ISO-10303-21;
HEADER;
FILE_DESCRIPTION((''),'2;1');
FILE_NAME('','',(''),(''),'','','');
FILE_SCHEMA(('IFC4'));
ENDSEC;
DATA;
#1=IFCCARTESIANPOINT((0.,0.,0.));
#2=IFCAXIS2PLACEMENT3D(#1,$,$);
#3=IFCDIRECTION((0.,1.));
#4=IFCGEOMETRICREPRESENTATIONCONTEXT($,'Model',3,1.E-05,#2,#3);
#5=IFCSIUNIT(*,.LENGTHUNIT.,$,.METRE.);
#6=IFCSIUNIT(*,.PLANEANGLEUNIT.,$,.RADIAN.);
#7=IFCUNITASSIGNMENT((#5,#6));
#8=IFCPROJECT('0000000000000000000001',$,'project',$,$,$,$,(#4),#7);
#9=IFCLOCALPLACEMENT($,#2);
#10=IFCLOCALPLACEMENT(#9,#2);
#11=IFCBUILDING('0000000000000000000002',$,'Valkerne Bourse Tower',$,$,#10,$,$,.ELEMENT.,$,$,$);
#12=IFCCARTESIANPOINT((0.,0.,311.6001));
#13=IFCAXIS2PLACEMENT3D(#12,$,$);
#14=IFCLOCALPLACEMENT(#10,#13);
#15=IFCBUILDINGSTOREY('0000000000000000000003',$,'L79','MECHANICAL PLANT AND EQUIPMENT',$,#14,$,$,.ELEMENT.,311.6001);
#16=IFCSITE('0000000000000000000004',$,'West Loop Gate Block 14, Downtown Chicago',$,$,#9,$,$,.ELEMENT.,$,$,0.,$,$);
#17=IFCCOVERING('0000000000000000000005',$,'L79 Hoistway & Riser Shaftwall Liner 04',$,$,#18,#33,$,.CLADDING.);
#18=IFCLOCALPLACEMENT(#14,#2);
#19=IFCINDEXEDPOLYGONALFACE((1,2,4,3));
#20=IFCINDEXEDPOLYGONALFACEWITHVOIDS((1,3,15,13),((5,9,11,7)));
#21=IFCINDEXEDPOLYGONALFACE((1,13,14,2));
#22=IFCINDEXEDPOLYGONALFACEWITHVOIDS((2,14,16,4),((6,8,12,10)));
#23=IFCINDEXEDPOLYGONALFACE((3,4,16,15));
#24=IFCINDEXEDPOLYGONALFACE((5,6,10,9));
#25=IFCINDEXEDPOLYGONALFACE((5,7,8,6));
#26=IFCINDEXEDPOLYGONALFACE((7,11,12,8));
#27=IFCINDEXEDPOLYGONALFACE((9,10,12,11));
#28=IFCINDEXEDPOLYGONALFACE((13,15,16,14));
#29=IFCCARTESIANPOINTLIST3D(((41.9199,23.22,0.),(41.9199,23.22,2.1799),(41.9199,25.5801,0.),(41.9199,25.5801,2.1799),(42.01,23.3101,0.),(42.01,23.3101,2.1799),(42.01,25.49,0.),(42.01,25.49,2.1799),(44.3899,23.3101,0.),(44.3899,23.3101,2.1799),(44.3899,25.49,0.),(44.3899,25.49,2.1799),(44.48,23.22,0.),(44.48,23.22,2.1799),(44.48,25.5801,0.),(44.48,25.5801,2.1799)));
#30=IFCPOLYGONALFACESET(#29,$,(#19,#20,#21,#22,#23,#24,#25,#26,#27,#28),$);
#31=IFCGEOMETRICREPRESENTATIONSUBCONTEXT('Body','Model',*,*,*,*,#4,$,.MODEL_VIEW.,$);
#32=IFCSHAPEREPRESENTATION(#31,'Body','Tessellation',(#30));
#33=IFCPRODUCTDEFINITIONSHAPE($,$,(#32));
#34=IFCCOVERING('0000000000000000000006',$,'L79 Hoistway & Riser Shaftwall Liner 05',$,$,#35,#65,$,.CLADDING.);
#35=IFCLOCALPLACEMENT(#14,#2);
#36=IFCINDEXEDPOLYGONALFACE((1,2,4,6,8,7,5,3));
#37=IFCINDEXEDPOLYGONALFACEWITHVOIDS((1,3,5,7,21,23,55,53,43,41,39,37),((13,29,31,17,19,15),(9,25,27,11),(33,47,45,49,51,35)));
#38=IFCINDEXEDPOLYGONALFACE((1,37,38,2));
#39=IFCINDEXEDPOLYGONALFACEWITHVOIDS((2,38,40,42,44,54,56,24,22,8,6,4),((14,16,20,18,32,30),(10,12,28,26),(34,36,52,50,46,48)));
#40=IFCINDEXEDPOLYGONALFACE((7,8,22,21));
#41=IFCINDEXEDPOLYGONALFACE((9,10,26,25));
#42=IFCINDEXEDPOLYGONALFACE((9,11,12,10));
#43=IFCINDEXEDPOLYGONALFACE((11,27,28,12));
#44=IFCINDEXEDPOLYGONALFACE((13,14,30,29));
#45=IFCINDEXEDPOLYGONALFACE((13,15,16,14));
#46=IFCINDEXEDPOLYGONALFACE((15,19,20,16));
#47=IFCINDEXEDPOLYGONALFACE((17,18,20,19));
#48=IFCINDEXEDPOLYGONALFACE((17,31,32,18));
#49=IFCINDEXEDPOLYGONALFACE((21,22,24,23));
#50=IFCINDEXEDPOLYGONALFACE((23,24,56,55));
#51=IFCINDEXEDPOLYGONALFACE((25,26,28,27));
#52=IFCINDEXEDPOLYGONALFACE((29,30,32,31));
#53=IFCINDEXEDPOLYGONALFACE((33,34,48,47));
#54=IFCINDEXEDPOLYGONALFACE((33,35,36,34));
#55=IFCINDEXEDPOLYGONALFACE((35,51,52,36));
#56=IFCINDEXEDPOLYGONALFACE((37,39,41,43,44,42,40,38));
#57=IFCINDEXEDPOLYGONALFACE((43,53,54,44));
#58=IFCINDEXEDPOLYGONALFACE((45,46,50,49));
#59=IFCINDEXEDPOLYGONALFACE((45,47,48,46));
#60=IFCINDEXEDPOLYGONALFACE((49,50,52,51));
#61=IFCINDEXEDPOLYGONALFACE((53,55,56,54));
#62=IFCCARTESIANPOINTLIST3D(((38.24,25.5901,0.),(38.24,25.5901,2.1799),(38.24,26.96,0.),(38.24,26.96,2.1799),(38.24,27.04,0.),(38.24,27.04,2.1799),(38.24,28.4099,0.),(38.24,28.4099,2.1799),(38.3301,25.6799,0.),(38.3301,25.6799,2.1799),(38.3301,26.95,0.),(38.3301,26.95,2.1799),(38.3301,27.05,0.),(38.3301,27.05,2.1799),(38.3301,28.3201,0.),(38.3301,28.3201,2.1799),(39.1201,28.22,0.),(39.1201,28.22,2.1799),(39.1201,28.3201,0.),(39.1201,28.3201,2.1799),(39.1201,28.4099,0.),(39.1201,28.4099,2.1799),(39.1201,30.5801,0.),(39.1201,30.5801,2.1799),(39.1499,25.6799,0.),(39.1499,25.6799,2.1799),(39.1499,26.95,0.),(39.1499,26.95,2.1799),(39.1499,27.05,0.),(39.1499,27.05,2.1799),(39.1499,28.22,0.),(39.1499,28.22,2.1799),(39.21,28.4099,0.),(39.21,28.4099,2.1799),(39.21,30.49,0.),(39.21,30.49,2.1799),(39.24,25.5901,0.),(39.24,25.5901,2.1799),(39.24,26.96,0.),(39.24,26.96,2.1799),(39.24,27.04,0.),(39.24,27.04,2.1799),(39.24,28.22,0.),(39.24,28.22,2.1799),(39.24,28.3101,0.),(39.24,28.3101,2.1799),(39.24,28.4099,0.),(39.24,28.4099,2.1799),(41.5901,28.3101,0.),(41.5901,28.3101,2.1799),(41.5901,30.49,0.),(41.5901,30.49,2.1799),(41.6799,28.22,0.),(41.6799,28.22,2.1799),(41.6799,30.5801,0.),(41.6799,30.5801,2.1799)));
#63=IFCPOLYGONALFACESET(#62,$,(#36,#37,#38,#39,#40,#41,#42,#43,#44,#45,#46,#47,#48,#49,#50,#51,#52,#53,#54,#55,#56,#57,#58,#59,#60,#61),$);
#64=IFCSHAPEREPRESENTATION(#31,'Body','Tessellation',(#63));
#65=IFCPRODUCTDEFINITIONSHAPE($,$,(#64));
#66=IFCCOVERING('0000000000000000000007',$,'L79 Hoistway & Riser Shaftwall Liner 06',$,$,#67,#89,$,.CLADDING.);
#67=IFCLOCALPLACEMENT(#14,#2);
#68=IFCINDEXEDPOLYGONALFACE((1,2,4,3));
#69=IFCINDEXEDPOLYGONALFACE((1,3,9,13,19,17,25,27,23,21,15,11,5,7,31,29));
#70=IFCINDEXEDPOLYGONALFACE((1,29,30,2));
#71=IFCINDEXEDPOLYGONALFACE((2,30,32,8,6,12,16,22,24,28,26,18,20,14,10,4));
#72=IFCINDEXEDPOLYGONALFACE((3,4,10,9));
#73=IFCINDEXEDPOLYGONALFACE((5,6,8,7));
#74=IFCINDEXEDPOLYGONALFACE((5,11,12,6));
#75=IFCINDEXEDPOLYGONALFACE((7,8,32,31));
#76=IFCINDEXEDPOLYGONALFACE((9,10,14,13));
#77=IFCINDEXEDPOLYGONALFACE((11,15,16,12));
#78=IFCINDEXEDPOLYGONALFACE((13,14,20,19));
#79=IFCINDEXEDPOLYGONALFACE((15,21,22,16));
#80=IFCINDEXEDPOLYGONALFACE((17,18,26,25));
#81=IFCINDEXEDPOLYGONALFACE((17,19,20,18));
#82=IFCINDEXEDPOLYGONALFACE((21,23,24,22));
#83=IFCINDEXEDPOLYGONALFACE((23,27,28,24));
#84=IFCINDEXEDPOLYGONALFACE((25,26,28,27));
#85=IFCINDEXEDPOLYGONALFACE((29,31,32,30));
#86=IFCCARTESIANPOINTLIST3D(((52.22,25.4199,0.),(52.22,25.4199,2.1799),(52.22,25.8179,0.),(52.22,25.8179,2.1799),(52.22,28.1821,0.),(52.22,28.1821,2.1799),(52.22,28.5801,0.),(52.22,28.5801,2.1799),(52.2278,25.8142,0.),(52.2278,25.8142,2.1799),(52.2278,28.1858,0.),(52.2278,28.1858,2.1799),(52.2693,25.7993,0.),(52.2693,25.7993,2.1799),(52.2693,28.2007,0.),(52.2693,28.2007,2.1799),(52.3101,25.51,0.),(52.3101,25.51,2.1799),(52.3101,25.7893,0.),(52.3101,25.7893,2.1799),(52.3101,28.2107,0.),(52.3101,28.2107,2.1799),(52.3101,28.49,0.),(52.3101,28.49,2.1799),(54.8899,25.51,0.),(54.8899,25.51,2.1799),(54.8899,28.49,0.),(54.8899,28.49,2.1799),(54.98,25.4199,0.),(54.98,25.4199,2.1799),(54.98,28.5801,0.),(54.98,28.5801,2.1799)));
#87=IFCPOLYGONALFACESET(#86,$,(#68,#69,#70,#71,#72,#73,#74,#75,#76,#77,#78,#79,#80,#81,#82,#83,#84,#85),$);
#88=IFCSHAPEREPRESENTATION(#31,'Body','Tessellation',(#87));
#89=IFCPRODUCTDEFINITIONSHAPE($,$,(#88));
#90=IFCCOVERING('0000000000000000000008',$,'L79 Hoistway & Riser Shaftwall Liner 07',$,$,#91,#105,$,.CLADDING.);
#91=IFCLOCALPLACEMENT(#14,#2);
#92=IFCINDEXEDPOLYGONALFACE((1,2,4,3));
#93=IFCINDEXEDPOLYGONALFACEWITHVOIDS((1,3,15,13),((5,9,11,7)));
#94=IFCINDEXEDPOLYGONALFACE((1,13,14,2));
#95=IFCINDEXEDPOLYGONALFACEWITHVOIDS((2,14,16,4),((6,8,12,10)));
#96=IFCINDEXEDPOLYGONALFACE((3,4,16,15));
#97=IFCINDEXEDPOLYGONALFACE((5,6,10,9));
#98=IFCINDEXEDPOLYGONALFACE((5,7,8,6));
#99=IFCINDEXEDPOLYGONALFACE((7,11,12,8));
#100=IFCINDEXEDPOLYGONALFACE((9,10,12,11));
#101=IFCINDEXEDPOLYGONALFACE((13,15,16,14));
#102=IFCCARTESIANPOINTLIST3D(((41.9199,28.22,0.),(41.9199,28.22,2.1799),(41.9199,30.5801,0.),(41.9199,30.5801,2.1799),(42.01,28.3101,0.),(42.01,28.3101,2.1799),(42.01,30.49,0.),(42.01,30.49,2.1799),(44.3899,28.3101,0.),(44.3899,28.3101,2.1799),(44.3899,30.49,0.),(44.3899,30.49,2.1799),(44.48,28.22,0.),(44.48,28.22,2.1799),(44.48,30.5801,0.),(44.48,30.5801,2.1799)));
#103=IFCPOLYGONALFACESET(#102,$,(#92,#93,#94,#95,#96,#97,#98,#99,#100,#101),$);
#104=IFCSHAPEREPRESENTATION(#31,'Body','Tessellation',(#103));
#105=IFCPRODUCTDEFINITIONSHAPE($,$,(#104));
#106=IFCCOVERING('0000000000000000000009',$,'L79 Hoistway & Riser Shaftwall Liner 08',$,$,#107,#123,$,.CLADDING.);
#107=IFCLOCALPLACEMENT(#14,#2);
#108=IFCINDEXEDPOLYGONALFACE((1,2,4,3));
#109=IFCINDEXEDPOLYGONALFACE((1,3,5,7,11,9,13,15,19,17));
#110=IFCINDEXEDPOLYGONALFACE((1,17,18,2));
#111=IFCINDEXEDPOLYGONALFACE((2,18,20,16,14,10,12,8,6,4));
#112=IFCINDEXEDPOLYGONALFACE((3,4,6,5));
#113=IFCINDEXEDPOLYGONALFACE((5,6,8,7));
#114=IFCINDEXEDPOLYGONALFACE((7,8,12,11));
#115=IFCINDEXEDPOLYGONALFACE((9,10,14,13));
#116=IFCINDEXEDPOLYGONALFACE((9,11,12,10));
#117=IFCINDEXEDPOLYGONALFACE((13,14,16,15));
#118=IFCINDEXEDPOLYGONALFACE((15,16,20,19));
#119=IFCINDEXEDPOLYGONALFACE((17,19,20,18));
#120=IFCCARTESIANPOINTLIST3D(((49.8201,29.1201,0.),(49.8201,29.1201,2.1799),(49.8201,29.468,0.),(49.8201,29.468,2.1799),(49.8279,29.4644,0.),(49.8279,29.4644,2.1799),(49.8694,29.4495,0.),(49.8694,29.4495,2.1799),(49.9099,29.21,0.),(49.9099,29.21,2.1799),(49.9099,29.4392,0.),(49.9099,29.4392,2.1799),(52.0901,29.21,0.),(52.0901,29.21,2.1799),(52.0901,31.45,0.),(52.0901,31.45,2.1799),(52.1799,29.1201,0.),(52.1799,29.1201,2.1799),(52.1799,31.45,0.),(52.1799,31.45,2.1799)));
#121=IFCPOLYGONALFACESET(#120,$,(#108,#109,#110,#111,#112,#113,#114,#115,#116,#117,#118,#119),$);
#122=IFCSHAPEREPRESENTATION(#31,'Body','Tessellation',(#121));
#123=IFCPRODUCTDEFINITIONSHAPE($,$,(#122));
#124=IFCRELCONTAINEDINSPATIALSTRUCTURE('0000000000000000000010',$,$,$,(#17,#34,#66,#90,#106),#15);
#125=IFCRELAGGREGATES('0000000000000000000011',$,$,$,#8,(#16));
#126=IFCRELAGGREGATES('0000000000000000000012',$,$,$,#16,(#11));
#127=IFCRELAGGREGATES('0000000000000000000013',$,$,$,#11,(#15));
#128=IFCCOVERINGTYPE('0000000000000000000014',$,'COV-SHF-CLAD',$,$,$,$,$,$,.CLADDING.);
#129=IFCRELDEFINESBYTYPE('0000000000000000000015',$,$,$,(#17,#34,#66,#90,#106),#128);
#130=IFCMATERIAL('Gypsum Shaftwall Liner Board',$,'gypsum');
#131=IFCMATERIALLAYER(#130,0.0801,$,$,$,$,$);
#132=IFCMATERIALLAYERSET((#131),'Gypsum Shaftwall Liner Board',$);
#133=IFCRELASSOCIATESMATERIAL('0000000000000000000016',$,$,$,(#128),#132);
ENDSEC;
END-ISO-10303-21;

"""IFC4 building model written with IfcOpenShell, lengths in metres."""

from ifc_helpers import new_model, si_unit, direction, frame, origin, place, context, subcontext, project, spatial, polyline, outline, extrude, material, layer, layer_set, type_object, element, save


model = new_model("IFC4")

# Units and contexts
model_context = context("Model", 3, precision=1e-05, world=origin(), true_north=direction((0.0, 1.0)))
body_context = subcontext(model_context, "Body", "Model", "MODEL_VIEW")
ifc_project = project(units=[si_unit("LENGTHUNIT", "METRE"), si_unit("PLANEANGLEUNIT", "RADIAN")], contexts=[model_context])

# Site, building, storey
site_placement = place(None, origin())
site = spatial("IfcSite", under=ifc_project, at=site_placement, Name="West Loop Gate Block 14, Downtown Chicago", CompositionType="ELEMENT", RefElevation=0.0)
building_placement = place(site_placement, origin())
building = spatial("IfcBuilding", under=site, at=building_placement, Name="Valkerne Bourse Tower", CompositionType="ELEMENT")
storey_placement = place(building_placement, frame((0.0, 0.0, 311.6001)))
storey = spatial("IfcBuildingStorey", under=building, at=storey_placement, Name="L79", Description="MECHANICAL PLANT AND EQUIPMENT", CompositionType="ELEMENT", Elevation=311.6001)

# Coverings
ifc_material_1 = material(Name="Gypsum Shaftwall Liner Board", Category="gypsum")
ifc_layer_1 = layer(ifc_material_1, 0.0801)
ifc_layer_set_1 = layer_set([ifc_layer_1], Name="Gypsum Shaftwall Liner Board")
covering_type_1 = type_object("IfcCoveringType", Name="COV-SHF-CLAD", PredefinedType="CLADDING", material=ifc_layer_set_1)
covering_1_placement = place(storey_placement, origin())
element("IfcCovering", 1, at=covering_1_placement, inside=storey, type_object=covering_type_1, Name="L79 Hoistway & Riser Shaftwall Liner 04", PredefinedType="CLADDING", context=body_context, shape_type="SweptSolid", body=[
    extrude(outline(polyline([(44.48, 25.5801), (44.48, 23.22), (41.9199, 23.22), (41.9199, 25.5801), (44.48, 25.5801)]), holes=[polyline([(44.3899, 25.49), (42.01, 25.49), (42.01, 23.3101), (44.3899, 23.3101), (44.3899, 25.49)])]), origin(), (0.0, 0.0, 1.0), 2.1799),
])
covering_2_placement = place(storey_placement, origin())
element("IfcCovering", 2, at=covering_2_placement, inside=storey, type_object=covering_type_1, Name="L79 Hoistway & Riser Shaftwall Liner 05", PredefinedType="CLADDING", context=body_context, shape_type="SweptSolid", body=[
    extrude(outline(polyline([(38.24, 28.4099), (39.1201, 28.4099), (39.1201, 30.5801), (41.6799, 30.5801), (41.6799, 28.22), (39.24, 28.22), (39.24, 27.04), (39.24, 26.96), (39.24, 25.5901), (38.24, 25.5901), (38.24, 26.96), (38.24, 27.04), (38.24, 28.4099)]), holes=[polyline([(38.3301, 26.95), (38.3301, 25.6799), (39.1499, 25.6799), (39.1499, 26.95), (38.3301, 26.95)]), polyline([(39.21, 30.49), (39.21, 28.4099), (39.24, 28.4099), (39.24, 28.3101), (41.5901, 28.3101), (41.5901, 30.49), (39.21, 30.49)]), polyline([(39.1499, 28.22), (39.1201, 28.22), (39.1201, 28.3201), (38.3301, 28.3201), (38.3301, 27.05), (39.1499, 27.05), (39.1499, 28.22)])]), origin(), (0.0, 0.0, 1.0), 2.1799),
])
covering_3_placement = place(storey_placement, origin())
element("IfcCovering", 3, at=covering_3_placement, inside=storey, type_object=covering_type_1, Name="L79 Hoistway & Riser Shaftwall Liner 06", PredefinedType="CLADDING", context=body_context, shape_type="SweptSolid", body=[
    extrude(outline(polyline([(54.98, 28.5801), (54.98, 25.4199), (52.22, 25.4199), (52.22, 25.8179), (52.2278, 25.8142), (52.2693, 25.7993), (52.3101, 25.7893), (52.3101, 25.51), (54.8899, 25.51), (54.8899, 28.49), (52.3101, 28.49), (52.3101, 28.2107), (52.2693, 28.2007), (52.2278, 28.1858), (52.22, 28.1821), (52.22, 28.5801), (54.98, 28.5801)])), origin(), (0.0, 0.0, 1.0), 2.1799),
])
covering_4_placement = place(storey_placement, origin())
element("IfcCovering", 4, at=covering_4_placement, inside=storey, type_object=covering_type_1, Name="L79 Hoistway & Riser Shaftwall Liner 07", PredefinedType="CLADDING", context=body_context, shape_type="SweptSolid", body=[
    extrude(outline(polyline([(44.48, 28.22), (41.9199, 28.22), (41.9199, 30.5801), (44.48, 30.5801), (44.48, 28.22)]), holes=[polyline([(42.01, 30.49), (42.01, 28.3101), (44.3899, 28.3101), (44.3899, 30.49), (42.01, 30.49)])]), origin(), (0.0, 0.0, 1.0), 2.1799),
])
covering_5_placement = place(storey_placement, origin())
element("IfcCovering", 5, at=covering_5_placement, inside=storey, type_object=covering_type_1, Name="L79 Hoistway & Riser Shaftwall Liner 08", PredefinedType="CLADDING", context=body_context, shape_type="SweptSolid", body=[
    extrude(outline(polyline([(49.8201, 29.1201), (49.8201, 29.468), (49.8279, 29.4644), (49.8694, 29.4495), (49.9099, 29.4392), (49.9099, 29.21), (52.0901, 29.21), (52.0901, 31.45), (52.1799, 31.45), (52.1799, 29.1201), (49.8201, 29.1201)])), origin(), (0.0, 0.0, 1.0), 2.1799),
])

save(model, "model.ifc")
